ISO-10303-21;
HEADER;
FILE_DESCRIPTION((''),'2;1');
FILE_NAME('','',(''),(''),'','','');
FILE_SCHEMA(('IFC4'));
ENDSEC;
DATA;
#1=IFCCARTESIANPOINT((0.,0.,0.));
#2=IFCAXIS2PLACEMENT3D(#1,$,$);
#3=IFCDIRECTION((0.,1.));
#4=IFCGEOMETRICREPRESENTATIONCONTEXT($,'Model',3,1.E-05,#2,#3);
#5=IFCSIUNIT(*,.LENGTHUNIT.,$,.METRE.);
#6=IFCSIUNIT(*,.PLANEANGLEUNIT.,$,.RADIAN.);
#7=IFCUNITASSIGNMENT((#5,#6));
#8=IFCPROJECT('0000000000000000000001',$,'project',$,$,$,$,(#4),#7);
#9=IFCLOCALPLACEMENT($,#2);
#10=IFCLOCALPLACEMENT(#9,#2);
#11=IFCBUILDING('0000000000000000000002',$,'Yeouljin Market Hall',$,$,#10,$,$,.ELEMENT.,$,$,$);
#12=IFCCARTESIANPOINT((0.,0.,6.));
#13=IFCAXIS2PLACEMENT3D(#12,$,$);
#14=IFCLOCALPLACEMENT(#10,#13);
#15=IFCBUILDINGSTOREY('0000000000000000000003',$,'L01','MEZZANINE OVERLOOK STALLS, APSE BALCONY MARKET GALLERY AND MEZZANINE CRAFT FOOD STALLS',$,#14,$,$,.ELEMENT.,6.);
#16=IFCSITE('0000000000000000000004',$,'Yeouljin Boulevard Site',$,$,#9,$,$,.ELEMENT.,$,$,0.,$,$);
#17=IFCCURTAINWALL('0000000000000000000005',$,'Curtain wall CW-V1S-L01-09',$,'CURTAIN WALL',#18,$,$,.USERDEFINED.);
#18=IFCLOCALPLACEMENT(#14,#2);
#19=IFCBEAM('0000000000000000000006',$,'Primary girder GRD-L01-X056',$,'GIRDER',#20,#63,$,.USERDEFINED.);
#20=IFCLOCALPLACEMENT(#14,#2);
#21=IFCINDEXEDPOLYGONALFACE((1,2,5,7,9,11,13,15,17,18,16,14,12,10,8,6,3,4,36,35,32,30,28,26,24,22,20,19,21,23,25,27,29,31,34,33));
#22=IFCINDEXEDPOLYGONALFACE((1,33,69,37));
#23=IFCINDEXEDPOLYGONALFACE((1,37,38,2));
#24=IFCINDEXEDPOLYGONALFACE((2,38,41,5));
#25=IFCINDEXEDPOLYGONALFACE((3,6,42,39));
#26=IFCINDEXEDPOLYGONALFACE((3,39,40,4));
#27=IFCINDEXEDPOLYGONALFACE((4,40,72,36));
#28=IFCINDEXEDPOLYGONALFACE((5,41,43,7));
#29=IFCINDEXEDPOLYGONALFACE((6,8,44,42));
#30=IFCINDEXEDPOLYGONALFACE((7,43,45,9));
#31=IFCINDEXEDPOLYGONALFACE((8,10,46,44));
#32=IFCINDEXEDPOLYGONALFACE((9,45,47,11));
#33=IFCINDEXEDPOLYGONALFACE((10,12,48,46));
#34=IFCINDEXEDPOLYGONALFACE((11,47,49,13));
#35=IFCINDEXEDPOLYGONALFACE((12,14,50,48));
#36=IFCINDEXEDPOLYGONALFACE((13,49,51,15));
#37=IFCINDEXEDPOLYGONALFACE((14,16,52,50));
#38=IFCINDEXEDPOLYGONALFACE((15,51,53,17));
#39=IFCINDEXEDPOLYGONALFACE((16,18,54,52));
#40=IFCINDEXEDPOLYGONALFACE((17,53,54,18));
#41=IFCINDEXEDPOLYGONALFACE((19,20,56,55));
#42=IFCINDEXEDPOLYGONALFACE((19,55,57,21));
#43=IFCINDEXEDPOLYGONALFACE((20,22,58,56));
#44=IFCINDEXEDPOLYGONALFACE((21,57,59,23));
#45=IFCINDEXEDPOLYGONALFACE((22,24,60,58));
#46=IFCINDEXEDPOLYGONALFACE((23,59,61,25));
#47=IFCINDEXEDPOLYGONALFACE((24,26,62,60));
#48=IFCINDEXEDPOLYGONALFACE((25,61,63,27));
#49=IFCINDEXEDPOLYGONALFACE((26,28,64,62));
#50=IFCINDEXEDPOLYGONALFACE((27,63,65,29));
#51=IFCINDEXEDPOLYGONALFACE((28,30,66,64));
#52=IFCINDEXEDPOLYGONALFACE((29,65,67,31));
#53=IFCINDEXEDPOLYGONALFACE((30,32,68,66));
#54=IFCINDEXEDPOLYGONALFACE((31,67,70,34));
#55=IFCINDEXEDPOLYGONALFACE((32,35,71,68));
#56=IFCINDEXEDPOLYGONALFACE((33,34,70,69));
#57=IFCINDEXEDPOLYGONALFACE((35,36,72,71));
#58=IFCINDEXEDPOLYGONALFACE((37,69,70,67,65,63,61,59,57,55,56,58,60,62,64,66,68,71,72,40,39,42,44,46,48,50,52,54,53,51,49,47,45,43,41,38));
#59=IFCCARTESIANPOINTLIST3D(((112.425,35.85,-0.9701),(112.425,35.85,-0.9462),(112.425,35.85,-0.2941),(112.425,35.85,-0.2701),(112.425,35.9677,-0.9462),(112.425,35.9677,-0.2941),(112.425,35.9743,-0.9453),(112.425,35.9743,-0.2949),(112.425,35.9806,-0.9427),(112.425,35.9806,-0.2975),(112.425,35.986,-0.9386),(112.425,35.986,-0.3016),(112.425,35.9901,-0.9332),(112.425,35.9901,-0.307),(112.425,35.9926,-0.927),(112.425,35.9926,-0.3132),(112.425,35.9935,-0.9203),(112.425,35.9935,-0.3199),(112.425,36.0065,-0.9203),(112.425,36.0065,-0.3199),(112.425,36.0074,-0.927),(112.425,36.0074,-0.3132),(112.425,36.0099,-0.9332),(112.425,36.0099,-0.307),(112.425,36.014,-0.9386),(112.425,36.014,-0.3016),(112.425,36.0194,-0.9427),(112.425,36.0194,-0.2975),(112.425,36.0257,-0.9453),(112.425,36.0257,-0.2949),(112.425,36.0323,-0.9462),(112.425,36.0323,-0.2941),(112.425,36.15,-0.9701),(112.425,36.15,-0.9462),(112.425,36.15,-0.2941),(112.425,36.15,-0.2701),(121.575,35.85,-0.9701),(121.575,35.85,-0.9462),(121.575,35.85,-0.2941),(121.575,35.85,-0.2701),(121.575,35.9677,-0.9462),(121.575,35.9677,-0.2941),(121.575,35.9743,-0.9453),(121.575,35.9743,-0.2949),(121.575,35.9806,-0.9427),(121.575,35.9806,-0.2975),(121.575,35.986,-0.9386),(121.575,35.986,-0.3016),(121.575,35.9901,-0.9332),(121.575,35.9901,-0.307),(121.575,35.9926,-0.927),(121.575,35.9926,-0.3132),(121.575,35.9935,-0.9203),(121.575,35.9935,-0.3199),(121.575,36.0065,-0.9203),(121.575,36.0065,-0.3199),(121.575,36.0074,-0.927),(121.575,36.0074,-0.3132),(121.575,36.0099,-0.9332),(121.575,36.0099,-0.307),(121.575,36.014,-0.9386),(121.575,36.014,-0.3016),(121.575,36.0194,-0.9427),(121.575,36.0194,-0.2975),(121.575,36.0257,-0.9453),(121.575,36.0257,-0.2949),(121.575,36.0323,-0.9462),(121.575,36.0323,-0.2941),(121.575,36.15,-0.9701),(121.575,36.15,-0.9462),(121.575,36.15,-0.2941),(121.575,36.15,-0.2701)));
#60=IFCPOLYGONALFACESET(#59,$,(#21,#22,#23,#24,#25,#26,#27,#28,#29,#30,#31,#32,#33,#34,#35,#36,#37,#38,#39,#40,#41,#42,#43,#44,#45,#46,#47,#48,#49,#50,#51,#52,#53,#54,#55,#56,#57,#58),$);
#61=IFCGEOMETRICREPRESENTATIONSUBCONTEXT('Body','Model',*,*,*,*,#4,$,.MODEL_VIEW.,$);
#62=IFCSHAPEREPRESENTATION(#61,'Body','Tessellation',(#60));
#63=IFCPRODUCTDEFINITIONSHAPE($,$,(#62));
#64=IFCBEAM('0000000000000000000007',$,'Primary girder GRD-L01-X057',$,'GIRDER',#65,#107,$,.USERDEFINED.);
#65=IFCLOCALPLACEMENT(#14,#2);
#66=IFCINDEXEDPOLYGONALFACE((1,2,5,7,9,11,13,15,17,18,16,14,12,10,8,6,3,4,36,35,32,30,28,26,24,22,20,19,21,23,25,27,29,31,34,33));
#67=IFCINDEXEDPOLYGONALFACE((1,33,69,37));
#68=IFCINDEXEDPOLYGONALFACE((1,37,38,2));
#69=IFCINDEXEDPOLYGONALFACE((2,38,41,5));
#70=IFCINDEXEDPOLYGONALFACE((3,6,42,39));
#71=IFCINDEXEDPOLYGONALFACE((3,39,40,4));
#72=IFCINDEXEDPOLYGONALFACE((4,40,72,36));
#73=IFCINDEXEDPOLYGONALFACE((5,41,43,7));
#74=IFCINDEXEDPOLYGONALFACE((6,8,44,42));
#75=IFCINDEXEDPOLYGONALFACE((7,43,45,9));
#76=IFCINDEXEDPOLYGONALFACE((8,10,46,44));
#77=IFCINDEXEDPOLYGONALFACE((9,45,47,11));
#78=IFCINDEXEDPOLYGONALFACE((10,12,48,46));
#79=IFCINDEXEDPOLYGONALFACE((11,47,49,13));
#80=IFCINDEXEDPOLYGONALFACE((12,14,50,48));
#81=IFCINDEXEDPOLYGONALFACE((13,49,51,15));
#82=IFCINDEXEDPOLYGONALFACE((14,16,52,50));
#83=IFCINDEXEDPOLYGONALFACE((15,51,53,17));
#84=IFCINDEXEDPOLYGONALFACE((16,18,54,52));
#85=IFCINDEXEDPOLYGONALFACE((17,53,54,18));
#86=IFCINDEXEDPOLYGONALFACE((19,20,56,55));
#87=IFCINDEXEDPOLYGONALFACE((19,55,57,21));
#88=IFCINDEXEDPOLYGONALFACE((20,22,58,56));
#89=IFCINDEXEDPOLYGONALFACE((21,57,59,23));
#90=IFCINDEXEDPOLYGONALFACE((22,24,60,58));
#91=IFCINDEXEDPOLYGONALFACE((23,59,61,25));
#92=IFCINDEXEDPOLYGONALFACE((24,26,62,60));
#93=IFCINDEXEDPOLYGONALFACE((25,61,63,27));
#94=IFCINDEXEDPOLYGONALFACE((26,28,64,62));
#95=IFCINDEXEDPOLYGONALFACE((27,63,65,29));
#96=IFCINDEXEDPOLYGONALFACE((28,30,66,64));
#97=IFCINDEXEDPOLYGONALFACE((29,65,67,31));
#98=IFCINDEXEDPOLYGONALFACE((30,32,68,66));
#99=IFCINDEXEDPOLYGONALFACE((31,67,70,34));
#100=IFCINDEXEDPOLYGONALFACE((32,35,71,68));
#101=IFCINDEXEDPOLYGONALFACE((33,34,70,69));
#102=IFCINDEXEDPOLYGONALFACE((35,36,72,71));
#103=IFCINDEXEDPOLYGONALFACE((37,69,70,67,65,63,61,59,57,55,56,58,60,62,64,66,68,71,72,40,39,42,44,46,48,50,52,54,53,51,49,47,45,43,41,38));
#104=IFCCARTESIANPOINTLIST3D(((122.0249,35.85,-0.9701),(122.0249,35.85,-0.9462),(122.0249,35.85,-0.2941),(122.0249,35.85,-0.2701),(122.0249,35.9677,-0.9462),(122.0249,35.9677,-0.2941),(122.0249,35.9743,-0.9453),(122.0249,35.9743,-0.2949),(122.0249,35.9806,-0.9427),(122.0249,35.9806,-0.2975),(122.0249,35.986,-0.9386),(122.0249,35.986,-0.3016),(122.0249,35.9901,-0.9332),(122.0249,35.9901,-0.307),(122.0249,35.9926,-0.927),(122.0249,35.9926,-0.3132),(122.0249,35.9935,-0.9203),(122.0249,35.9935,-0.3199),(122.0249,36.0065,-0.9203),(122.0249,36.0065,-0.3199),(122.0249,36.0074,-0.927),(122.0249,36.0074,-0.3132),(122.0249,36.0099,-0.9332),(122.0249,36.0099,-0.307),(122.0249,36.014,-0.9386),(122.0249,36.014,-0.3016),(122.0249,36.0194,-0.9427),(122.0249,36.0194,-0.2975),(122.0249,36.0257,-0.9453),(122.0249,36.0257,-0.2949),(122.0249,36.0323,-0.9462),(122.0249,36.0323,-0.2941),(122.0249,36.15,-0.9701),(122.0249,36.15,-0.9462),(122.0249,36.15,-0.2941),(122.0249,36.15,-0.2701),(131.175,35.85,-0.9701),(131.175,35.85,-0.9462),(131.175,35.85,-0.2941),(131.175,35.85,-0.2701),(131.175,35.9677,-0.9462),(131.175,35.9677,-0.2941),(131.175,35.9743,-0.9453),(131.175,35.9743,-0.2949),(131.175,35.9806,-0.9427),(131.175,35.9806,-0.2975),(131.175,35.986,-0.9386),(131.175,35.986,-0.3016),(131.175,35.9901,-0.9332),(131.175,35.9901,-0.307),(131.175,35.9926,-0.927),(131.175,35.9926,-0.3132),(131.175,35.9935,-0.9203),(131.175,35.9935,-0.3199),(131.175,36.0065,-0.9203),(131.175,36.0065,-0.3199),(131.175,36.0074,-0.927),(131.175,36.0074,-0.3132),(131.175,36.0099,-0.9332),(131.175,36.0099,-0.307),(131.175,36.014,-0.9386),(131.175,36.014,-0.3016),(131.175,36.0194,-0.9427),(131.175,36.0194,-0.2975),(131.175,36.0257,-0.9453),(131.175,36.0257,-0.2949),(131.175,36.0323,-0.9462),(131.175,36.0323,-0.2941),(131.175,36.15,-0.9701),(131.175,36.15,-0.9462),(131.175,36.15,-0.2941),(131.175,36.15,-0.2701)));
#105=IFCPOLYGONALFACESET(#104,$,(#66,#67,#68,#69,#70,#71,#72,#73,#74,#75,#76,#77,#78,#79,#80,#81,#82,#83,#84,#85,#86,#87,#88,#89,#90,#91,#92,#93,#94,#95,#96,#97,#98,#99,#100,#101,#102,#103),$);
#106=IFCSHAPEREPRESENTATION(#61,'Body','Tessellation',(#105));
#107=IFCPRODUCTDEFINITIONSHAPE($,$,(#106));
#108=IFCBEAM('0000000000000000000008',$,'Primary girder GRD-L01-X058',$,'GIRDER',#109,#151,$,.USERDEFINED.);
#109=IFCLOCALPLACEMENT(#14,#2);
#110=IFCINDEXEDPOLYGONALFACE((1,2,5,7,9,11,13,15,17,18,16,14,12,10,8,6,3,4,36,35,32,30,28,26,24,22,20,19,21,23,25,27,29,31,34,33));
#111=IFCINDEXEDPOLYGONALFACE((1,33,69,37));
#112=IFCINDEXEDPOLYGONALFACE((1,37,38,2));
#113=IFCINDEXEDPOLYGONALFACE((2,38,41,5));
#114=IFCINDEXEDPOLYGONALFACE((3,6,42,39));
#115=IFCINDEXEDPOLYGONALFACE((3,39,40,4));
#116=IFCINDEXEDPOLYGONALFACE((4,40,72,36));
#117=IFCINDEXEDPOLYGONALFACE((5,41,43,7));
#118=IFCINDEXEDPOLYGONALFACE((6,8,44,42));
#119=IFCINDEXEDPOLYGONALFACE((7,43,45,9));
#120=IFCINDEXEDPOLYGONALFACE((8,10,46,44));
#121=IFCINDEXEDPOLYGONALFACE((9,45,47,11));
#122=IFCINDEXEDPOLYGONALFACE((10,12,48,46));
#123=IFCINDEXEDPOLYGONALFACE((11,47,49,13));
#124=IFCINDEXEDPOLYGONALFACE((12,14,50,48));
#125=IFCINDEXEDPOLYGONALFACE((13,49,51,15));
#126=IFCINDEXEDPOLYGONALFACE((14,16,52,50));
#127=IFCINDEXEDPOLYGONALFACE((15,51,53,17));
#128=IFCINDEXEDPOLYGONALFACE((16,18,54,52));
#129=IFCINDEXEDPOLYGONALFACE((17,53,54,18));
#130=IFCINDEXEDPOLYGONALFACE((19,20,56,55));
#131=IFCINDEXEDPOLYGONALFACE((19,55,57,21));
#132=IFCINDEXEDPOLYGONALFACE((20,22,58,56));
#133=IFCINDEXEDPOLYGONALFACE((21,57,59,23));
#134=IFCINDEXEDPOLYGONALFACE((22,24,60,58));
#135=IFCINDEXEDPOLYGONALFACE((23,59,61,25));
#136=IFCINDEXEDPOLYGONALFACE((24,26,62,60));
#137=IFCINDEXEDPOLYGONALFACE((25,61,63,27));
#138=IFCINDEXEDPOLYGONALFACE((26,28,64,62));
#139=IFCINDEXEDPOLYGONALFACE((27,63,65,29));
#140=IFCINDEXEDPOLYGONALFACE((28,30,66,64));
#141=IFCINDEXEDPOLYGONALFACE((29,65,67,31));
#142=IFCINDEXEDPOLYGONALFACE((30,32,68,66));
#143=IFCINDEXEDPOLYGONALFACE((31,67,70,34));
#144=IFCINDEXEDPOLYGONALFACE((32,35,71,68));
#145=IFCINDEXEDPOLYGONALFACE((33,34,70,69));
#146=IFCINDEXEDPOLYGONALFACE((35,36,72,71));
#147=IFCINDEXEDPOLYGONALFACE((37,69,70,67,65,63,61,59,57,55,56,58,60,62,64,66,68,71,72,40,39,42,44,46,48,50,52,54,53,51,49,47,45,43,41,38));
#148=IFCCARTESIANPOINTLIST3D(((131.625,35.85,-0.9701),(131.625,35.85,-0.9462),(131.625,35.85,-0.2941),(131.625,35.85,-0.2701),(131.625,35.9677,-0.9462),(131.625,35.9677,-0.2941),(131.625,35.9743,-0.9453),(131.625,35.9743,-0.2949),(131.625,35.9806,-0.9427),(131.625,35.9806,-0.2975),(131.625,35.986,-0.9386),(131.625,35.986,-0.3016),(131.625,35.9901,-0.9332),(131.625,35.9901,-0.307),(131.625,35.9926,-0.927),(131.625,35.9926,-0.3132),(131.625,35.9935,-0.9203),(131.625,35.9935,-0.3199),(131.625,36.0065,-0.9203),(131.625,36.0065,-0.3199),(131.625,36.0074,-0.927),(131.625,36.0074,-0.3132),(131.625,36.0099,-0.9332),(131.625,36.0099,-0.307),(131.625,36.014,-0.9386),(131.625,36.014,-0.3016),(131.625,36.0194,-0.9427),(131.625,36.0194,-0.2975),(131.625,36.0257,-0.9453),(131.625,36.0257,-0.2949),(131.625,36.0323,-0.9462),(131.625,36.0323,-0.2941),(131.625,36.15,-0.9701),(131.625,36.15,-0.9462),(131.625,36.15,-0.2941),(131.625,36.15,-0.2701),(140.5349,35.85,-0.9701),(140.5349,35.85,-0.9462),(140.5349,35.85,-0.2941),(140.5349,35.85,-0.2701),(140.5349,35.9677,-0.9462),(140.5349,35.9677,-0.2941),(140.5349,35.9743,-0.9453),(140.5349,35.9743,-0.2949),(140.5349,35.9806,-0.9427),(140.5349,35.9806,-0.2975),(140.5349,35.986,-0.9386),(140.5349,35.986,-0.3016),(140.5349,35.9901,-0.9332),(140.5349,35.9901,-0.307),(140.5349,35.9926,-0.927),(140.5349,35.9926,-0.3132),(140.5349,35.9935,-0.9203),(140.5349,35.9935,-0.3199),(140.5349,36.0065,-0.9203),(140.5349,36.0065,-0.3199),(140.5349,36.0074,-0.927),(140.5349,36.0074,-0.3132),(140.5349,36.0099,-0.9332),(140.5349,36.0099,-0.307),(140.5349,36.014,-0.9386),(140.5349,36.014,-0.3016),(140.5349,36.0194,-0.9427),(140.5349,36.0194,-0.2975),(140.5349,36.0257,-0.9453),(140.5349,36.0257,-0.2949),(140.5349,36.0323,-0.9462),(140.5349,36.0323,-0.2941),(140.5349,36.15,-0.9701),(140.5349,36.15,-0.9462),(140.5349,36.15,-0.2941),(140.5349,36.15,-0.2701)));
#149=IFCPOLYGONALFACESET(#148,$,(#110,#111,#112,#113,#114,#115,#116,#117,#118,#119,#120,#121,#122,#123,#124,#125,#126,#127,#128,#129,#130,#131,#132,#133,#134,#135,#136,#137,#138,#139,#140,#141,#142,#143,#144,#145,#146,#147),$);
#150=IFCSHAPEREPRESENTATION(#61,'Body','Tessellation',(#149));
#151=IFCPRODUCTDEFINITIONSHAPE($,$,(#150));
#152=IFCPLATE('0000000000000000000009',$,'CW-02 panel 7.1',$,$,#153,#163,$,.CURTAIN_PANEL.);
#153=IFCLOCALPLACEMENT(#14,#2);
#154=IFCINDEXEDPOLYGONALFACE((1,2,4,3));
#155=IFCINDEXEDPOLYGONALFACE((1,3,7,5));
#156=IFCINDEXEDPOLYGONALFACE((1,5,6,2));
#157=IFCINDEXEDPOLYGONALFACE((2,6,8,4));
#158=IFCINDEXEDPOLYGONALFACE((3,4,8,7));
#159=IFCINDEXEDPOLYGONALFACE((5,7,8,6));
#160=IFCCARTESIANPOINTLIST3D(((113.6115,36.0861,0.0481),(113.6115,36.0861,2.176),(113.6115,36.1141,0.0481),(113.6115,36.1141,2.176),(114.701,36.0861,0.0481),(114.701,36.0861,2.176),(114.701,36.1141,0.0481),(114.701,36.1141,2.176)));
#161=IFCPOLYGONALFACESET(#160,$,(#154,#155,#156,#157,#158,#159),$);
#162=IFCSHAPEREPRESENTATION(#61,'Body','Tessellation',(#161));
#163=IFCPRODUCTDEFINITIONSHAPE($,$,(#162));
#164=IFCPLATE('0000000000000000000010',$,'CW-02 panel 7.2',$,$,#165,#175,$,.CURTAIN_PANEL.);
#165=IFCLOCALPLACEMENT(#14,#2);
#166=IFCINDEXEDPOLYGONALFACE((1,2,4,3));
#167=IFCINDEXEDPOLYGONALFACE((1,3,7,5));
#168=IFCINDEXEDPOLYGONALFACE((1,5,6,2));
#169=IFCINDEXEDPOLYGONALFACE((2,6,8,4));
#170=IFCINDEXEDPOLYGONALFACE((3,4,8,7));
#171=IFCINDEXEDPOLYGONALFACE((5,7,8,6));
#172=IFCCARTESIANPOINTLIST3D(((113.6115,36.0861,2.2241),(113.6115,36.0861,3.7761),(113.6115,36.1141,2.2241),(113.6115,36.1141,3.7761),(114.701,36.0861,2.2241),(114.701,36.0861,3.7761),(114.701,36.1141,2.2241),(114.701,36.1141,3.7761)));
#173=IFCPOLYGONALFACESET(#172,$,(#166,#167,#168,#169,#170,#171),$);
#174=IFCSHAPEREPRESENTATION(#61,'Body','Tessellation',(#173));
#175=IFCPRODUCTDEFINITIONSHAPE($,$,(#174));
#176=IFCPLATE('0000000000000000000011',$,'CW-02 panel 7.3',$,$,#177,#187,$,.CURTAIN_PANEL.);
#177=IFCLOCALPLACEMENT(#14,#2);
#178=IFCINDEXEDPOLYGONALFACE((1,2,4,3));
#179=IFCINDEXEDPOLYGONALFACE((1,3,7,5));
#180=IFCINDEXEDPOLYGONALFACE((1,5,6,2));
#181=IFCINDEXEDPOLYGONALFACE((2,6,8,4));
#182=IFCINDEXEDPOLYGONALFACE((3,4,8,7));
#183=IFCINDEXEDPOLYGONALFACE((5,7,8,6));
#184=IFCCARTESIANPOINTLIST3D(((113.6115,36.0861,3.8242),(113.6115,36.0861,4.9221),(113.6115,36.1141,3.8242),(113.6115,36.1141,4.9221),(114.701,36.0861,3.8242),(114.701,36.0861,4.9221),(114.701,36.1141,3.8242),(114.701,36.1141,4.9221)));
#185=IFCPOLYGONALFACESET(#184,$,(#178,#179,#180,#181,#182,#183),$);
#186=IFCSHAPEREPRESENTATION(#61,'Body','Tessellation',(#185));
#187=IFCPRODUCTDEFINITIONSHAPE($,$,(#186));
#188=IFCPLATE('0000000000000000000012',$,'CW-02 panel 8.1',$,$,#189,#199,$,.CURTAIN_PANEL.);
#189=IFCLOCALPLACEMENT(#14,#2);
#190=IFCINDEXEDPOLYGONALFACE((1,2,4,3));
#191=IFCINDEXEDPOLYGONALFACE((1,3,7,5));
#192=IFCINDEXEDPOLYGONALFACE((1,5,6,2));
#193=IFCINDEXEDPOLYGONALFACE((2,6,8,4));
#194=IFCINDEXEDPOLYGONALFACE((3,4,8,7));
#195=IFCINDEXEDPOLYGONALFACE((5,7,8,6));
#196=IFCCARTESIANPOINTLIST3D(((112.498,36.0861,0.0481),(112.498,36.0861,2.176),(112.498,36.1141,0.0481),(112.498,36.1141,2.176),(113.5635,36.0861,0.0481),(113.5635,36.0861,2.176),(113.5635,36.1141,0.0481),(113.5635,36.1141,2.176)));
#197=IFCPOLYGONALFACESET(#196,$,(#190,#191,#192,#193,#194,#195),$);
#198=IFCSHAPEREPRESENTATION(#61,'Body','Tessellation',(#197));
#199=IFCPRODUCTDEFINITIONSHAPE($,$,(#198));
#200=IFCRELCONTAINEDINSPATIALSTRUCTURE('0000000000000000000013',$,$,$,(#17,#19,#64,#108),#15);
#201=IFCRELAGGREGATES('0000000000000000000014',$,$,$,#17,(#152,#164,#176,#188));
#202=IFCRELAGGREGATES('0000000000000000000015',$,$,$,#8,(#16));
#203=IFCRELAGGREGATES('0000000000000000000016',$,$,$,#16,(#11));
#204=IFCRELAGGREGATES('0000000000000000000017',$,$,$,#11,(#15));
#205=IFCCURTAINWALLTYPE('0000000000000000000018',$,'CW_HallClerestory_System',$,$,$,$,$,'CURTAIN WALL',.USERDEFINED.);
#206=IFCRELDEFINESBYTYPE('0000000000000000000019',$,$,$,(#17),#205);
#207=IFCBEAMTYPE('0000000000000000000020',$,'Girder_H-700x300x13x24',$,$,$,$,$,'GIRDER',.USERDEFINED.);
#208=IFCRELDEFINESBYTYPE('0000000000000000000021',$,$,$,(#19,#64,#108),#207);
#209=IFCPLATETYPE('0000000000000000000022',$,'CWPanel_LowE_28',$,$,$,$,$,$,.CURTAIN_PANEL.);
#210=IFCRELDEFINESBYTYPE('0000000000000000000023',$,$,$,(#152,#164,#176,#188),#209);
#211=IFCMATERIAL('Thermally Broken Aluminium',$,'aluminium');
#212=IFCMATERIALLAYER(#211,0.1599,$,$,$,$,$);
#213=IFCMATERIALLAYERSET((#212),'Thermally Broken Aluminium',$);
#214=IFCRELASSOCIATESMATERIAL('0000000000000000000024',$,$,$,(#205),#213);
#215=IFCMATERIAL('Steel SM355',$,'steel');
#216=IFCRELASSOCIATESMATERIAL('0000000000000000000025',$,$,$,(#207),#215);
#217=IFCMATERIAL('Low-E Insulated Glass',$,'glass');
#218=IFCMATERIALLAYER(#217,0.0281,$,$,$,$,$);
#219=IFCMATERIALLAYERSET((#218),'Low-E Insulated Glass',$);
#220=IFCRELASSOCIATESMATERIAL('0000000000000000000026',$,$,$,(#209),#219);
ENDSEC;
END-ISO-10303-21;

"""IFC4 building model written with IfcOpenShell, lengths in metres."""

from ifc_helpers import new_model, si_unit, direction, frame, origin, origin_2d, place, context, subcontext, project, spatial, rectangle, i_section, extrude, material, layer, layer_set, material_profile, profile_set, type_object, element, aggregate, save


model = new_model("IFC4")

# Units and contexts
model_context = context("Model", 3, precision=1e-05, world=origin(), true_north=direction((0.0, 1.0)))
body_context = subcontext(model_context, "Body", "Model", "MODEL_VIEW")
ifc_project = project(units=[si_unit("LENGTHUNIT", "METRE"), si_unit("PLANEANGLEUNIT", "RADIAN")], contexts=[model_context])

# Site, building, storey
site_placement = place(None, origin())
site = spatial("IfcSite", under=ifc_project, at=site_placement, Name="Yeouljin Boulevard Site", CompositionType="ELEMENT", RefElevation=0.0)
building_placement = place(site_placement, origin())
building = spatial("IfcBuilding", under=site, at=building_placement, Name="Yeouljin Market Hall", CompositionType="ELEMENT")
storey_placement = place(building_placement, frame((0.0, 0.0, 6.0)))
storey = spatial("IfcBuildingStorey", under=building, at=storey_placement, Name="L01", Description="MEZZANINE OVERLOOK STALLS, APSE BALCONY MARKET GALLERY AND MEZZANINE CRAFT FOOD STALLS", CompositionType="ELEMENT", Elevation=6.0)

# Curtain wall
ifc_material_1 = material(Name="Thermally Broken Aluminium", Category="aluminium")
ifc_layer_1 = layer(ifc_material_1, 0.1599)
ifc_layer_set_1 = layer_set([ifc_layer_1], Name="Thermally Broken Aluminium")
curtain_wall_type = type_object("IfcCurtainWallType", Name="CW_HallClerestory_System", ElementType="CURTAIN WALL", PredefinedType="USERDEFINED", material=ifc_layer_set_1)
curtain_wall_placement = place(storey_placement, origin())
curtain_wall = element("IfcCurtainWall", 1, at=curtain_wall_placement, inside=storey, type_object=curtain_wall_type, Name="Curtain wall CW-V1S-L01-09", ObjectType="CURTAIN WALL", PredefinedType="USERDEFINED")

# Beams
ifc_material_2 = material(Name="Steel SM355", Category="steel")
ifc_material_profile_1 = material_profile(ifc_material_2, i_section(OverallWidth=0.3, OverallDepth=0.7, WebThickness=0.0129, FlangeThickness=0.0239, FilletRadius=0.0259, at=origin_2d()), Name="H-700x300x13x24")
ifc_profile_set_1 = profile_set([ifc_material_profile_1], Name="Steel SM355")
beam_type_1 = type_object("IfcBeamType", Name="Girder_H-700x300x13x24", ElementType="GIRDER", PredefinedType="USERDEFINED", material=ifc_profile_set_1)
beam_1_placement = place(storey_placement, frame((112.425, 36.0, -0.6201), z_axis=(1.0, 0.0, 0.0), x_axis=(0.0, 1.0, 0.0)))
element("IfcBeam", 2, at=beam_1_placement, inside=storey, type_object=beam_type_1, Name="Primary girder GRD-L01-X056", ObjectType="GIRDER", PredefinedType="USERDEFINED", context=body_context, shape_type="SweptSolid", body=[
    extrude(i_section(OverallWidth=0.3, OverallDepth=0.7, WebThickness=0.0129, FlangeThickness=0.0239, FilletRadius=0.0259, at=origin_2d()), origin(), (0.0, 0.0, 1.0), 9.1499),
])
beam_2_placement = place(storey_placement, frame((122.0249, 36.0, -0.6201), z_axis=(1.0, 0.0, 0.0), x_axis=(0.0, 1.0, 0.0)))
element("IfcBeam", 3, at=beam_2_placement, inside=storey, type_object=beam_type_1, Name="Primary girder GRD-L01-X057", ObjectType="GIRDER", PredefinedType="USERDEFINED", context=body_context, shape_type="SweptSolid", body=[
    extrude(i_section(OverallWidth=0.3, OverallDepth=0.7, WebThickness=0.0129, FlangeThickness=0.0239, FilletRadius=0.0259, at=origin_2d()), origin(), (0.0, 0.0, 1.0), 9.1501),
])
beam_3_placement = place(storey_placement, frame((131.625, 36.0, -0.6201), z_axis=(1.0, 0.0, 0.0), x_axis=(0.0, 1.0, 0.0)))
element("IfcBeam", 4, at=beam_3_placement, inside=storey, type_object=beam_type_1, Name="Primary girder GRD-L01-X058", ObjectType="GIRDER", PredefinedType="USERDEFINED", context=body_context, shape_type="SweptSolid", body=[
    extrude(i_section(OverallWidth=0.3, OverallDepth=0.7, WebThickness=0.0129, FlangeThickness=0.0239, FilletRadius=0.0259, at=origin_2d()), origin(), (0.0, 0.0, 1.0), 8.9099),
])

# Plates
ifc_material_3 = material(Name="Low-E Insulated Glass", Category="glass")
ifc_layer_2 = layer(ifc_material_3, 0.0281)
ifc_layer_set_2 = layer_set([ifc_layer_2], Name="Low-E Insulated Glass")
plate_type = type_object("IfcPlateType", Name="CWPanel_LowE_28", PredefinedType="CURTAIN_PANEL", material=ifc_layer_set_2)
plate_1_placement = place(storey_placement, frame((114.1562, 36.1001, 0.0481), z_axis=(0.0, 0.0, 1.0), x_axis=(-1.0, 0.0, 0.0)))
plate_1 = element("IfcPlate", 5, at=plate_1_placement, type_object=plate_type, Name="CW-02 panel 7.1", PredefinedType="CURTAIN_PANEL", context=body_context, shape_type="SweptSolid", body=[
    extrude(rectangle(XDim=1.0896, YDim=0.0281, at=origin_2d()), origin(), (0.0, 0.0, 1.0), 2.1279),
])
plate_2_placement = place(storey_placement, frame((114.1562, 36.1001, 2.2241), z_axis=(0.0, 0.0, 1.0), x_axis=(-1.0, 0.0, 0.0)))
plate_2 = element("IfcPlate", 6, at=plate_2_placement, type_object=plate_type, Name="CW-02 panel 7.2", PredefinedType="CURTAIN_PANEL", context=body_context, shape_type="SweptSolid", body=[
    extrude(rectangle(XDim=1.0896, YDim=0.0281, at=origin_2d()), origin(), (0.0, 0.0, 1.0), 1.552),
])
plate_3_placement = place(storey_placement, frame((114.1562, 36.1001, 3.8242), z_axis=(0.0, 0.0, 1.0), x_axis=(-1.0, 0.0, 0.0)))
plate_3 = element("IfcPlate", 7, at=plate_3_placement, type_object=plate_type, Name="CW-02 panel 7.3", PredefinedType="CURTAIN_PANEL", context=body_context, shape_type="SweptSolid", body=[
    extrude(rectangle(XDim=1.0896, YDim=0.0281, at=origin_2d()), origin(), (0.0, 0.0, 1.0), 1.0979),
])
plate_4_placement = place(storey_placement, frame((113.0308, 36.1001, 0.0481), z_axis=(0.0, 0.0, 1.0), x_axis=(-1.0, 0.0, 0.0)))
plate_4 = element("IfcPlate", 8, at=plate_4_placement, type_object=plate_type, Name="CW-02 panel 8.1", PredefinedType="CURTAIN_PANEL", context=body_context, shape_type="SweptSolid", body=[
    extrude(rectangle(XDim=1.0654, YDim=0.0281, at=origin_2d()), origin(), (0.0, 0.0, 1.0), 2.1279),
])
aggregate(curtain_wall, [plate_1, plate_2, plate_3, plate_4])

save(model, "model.ifc")
